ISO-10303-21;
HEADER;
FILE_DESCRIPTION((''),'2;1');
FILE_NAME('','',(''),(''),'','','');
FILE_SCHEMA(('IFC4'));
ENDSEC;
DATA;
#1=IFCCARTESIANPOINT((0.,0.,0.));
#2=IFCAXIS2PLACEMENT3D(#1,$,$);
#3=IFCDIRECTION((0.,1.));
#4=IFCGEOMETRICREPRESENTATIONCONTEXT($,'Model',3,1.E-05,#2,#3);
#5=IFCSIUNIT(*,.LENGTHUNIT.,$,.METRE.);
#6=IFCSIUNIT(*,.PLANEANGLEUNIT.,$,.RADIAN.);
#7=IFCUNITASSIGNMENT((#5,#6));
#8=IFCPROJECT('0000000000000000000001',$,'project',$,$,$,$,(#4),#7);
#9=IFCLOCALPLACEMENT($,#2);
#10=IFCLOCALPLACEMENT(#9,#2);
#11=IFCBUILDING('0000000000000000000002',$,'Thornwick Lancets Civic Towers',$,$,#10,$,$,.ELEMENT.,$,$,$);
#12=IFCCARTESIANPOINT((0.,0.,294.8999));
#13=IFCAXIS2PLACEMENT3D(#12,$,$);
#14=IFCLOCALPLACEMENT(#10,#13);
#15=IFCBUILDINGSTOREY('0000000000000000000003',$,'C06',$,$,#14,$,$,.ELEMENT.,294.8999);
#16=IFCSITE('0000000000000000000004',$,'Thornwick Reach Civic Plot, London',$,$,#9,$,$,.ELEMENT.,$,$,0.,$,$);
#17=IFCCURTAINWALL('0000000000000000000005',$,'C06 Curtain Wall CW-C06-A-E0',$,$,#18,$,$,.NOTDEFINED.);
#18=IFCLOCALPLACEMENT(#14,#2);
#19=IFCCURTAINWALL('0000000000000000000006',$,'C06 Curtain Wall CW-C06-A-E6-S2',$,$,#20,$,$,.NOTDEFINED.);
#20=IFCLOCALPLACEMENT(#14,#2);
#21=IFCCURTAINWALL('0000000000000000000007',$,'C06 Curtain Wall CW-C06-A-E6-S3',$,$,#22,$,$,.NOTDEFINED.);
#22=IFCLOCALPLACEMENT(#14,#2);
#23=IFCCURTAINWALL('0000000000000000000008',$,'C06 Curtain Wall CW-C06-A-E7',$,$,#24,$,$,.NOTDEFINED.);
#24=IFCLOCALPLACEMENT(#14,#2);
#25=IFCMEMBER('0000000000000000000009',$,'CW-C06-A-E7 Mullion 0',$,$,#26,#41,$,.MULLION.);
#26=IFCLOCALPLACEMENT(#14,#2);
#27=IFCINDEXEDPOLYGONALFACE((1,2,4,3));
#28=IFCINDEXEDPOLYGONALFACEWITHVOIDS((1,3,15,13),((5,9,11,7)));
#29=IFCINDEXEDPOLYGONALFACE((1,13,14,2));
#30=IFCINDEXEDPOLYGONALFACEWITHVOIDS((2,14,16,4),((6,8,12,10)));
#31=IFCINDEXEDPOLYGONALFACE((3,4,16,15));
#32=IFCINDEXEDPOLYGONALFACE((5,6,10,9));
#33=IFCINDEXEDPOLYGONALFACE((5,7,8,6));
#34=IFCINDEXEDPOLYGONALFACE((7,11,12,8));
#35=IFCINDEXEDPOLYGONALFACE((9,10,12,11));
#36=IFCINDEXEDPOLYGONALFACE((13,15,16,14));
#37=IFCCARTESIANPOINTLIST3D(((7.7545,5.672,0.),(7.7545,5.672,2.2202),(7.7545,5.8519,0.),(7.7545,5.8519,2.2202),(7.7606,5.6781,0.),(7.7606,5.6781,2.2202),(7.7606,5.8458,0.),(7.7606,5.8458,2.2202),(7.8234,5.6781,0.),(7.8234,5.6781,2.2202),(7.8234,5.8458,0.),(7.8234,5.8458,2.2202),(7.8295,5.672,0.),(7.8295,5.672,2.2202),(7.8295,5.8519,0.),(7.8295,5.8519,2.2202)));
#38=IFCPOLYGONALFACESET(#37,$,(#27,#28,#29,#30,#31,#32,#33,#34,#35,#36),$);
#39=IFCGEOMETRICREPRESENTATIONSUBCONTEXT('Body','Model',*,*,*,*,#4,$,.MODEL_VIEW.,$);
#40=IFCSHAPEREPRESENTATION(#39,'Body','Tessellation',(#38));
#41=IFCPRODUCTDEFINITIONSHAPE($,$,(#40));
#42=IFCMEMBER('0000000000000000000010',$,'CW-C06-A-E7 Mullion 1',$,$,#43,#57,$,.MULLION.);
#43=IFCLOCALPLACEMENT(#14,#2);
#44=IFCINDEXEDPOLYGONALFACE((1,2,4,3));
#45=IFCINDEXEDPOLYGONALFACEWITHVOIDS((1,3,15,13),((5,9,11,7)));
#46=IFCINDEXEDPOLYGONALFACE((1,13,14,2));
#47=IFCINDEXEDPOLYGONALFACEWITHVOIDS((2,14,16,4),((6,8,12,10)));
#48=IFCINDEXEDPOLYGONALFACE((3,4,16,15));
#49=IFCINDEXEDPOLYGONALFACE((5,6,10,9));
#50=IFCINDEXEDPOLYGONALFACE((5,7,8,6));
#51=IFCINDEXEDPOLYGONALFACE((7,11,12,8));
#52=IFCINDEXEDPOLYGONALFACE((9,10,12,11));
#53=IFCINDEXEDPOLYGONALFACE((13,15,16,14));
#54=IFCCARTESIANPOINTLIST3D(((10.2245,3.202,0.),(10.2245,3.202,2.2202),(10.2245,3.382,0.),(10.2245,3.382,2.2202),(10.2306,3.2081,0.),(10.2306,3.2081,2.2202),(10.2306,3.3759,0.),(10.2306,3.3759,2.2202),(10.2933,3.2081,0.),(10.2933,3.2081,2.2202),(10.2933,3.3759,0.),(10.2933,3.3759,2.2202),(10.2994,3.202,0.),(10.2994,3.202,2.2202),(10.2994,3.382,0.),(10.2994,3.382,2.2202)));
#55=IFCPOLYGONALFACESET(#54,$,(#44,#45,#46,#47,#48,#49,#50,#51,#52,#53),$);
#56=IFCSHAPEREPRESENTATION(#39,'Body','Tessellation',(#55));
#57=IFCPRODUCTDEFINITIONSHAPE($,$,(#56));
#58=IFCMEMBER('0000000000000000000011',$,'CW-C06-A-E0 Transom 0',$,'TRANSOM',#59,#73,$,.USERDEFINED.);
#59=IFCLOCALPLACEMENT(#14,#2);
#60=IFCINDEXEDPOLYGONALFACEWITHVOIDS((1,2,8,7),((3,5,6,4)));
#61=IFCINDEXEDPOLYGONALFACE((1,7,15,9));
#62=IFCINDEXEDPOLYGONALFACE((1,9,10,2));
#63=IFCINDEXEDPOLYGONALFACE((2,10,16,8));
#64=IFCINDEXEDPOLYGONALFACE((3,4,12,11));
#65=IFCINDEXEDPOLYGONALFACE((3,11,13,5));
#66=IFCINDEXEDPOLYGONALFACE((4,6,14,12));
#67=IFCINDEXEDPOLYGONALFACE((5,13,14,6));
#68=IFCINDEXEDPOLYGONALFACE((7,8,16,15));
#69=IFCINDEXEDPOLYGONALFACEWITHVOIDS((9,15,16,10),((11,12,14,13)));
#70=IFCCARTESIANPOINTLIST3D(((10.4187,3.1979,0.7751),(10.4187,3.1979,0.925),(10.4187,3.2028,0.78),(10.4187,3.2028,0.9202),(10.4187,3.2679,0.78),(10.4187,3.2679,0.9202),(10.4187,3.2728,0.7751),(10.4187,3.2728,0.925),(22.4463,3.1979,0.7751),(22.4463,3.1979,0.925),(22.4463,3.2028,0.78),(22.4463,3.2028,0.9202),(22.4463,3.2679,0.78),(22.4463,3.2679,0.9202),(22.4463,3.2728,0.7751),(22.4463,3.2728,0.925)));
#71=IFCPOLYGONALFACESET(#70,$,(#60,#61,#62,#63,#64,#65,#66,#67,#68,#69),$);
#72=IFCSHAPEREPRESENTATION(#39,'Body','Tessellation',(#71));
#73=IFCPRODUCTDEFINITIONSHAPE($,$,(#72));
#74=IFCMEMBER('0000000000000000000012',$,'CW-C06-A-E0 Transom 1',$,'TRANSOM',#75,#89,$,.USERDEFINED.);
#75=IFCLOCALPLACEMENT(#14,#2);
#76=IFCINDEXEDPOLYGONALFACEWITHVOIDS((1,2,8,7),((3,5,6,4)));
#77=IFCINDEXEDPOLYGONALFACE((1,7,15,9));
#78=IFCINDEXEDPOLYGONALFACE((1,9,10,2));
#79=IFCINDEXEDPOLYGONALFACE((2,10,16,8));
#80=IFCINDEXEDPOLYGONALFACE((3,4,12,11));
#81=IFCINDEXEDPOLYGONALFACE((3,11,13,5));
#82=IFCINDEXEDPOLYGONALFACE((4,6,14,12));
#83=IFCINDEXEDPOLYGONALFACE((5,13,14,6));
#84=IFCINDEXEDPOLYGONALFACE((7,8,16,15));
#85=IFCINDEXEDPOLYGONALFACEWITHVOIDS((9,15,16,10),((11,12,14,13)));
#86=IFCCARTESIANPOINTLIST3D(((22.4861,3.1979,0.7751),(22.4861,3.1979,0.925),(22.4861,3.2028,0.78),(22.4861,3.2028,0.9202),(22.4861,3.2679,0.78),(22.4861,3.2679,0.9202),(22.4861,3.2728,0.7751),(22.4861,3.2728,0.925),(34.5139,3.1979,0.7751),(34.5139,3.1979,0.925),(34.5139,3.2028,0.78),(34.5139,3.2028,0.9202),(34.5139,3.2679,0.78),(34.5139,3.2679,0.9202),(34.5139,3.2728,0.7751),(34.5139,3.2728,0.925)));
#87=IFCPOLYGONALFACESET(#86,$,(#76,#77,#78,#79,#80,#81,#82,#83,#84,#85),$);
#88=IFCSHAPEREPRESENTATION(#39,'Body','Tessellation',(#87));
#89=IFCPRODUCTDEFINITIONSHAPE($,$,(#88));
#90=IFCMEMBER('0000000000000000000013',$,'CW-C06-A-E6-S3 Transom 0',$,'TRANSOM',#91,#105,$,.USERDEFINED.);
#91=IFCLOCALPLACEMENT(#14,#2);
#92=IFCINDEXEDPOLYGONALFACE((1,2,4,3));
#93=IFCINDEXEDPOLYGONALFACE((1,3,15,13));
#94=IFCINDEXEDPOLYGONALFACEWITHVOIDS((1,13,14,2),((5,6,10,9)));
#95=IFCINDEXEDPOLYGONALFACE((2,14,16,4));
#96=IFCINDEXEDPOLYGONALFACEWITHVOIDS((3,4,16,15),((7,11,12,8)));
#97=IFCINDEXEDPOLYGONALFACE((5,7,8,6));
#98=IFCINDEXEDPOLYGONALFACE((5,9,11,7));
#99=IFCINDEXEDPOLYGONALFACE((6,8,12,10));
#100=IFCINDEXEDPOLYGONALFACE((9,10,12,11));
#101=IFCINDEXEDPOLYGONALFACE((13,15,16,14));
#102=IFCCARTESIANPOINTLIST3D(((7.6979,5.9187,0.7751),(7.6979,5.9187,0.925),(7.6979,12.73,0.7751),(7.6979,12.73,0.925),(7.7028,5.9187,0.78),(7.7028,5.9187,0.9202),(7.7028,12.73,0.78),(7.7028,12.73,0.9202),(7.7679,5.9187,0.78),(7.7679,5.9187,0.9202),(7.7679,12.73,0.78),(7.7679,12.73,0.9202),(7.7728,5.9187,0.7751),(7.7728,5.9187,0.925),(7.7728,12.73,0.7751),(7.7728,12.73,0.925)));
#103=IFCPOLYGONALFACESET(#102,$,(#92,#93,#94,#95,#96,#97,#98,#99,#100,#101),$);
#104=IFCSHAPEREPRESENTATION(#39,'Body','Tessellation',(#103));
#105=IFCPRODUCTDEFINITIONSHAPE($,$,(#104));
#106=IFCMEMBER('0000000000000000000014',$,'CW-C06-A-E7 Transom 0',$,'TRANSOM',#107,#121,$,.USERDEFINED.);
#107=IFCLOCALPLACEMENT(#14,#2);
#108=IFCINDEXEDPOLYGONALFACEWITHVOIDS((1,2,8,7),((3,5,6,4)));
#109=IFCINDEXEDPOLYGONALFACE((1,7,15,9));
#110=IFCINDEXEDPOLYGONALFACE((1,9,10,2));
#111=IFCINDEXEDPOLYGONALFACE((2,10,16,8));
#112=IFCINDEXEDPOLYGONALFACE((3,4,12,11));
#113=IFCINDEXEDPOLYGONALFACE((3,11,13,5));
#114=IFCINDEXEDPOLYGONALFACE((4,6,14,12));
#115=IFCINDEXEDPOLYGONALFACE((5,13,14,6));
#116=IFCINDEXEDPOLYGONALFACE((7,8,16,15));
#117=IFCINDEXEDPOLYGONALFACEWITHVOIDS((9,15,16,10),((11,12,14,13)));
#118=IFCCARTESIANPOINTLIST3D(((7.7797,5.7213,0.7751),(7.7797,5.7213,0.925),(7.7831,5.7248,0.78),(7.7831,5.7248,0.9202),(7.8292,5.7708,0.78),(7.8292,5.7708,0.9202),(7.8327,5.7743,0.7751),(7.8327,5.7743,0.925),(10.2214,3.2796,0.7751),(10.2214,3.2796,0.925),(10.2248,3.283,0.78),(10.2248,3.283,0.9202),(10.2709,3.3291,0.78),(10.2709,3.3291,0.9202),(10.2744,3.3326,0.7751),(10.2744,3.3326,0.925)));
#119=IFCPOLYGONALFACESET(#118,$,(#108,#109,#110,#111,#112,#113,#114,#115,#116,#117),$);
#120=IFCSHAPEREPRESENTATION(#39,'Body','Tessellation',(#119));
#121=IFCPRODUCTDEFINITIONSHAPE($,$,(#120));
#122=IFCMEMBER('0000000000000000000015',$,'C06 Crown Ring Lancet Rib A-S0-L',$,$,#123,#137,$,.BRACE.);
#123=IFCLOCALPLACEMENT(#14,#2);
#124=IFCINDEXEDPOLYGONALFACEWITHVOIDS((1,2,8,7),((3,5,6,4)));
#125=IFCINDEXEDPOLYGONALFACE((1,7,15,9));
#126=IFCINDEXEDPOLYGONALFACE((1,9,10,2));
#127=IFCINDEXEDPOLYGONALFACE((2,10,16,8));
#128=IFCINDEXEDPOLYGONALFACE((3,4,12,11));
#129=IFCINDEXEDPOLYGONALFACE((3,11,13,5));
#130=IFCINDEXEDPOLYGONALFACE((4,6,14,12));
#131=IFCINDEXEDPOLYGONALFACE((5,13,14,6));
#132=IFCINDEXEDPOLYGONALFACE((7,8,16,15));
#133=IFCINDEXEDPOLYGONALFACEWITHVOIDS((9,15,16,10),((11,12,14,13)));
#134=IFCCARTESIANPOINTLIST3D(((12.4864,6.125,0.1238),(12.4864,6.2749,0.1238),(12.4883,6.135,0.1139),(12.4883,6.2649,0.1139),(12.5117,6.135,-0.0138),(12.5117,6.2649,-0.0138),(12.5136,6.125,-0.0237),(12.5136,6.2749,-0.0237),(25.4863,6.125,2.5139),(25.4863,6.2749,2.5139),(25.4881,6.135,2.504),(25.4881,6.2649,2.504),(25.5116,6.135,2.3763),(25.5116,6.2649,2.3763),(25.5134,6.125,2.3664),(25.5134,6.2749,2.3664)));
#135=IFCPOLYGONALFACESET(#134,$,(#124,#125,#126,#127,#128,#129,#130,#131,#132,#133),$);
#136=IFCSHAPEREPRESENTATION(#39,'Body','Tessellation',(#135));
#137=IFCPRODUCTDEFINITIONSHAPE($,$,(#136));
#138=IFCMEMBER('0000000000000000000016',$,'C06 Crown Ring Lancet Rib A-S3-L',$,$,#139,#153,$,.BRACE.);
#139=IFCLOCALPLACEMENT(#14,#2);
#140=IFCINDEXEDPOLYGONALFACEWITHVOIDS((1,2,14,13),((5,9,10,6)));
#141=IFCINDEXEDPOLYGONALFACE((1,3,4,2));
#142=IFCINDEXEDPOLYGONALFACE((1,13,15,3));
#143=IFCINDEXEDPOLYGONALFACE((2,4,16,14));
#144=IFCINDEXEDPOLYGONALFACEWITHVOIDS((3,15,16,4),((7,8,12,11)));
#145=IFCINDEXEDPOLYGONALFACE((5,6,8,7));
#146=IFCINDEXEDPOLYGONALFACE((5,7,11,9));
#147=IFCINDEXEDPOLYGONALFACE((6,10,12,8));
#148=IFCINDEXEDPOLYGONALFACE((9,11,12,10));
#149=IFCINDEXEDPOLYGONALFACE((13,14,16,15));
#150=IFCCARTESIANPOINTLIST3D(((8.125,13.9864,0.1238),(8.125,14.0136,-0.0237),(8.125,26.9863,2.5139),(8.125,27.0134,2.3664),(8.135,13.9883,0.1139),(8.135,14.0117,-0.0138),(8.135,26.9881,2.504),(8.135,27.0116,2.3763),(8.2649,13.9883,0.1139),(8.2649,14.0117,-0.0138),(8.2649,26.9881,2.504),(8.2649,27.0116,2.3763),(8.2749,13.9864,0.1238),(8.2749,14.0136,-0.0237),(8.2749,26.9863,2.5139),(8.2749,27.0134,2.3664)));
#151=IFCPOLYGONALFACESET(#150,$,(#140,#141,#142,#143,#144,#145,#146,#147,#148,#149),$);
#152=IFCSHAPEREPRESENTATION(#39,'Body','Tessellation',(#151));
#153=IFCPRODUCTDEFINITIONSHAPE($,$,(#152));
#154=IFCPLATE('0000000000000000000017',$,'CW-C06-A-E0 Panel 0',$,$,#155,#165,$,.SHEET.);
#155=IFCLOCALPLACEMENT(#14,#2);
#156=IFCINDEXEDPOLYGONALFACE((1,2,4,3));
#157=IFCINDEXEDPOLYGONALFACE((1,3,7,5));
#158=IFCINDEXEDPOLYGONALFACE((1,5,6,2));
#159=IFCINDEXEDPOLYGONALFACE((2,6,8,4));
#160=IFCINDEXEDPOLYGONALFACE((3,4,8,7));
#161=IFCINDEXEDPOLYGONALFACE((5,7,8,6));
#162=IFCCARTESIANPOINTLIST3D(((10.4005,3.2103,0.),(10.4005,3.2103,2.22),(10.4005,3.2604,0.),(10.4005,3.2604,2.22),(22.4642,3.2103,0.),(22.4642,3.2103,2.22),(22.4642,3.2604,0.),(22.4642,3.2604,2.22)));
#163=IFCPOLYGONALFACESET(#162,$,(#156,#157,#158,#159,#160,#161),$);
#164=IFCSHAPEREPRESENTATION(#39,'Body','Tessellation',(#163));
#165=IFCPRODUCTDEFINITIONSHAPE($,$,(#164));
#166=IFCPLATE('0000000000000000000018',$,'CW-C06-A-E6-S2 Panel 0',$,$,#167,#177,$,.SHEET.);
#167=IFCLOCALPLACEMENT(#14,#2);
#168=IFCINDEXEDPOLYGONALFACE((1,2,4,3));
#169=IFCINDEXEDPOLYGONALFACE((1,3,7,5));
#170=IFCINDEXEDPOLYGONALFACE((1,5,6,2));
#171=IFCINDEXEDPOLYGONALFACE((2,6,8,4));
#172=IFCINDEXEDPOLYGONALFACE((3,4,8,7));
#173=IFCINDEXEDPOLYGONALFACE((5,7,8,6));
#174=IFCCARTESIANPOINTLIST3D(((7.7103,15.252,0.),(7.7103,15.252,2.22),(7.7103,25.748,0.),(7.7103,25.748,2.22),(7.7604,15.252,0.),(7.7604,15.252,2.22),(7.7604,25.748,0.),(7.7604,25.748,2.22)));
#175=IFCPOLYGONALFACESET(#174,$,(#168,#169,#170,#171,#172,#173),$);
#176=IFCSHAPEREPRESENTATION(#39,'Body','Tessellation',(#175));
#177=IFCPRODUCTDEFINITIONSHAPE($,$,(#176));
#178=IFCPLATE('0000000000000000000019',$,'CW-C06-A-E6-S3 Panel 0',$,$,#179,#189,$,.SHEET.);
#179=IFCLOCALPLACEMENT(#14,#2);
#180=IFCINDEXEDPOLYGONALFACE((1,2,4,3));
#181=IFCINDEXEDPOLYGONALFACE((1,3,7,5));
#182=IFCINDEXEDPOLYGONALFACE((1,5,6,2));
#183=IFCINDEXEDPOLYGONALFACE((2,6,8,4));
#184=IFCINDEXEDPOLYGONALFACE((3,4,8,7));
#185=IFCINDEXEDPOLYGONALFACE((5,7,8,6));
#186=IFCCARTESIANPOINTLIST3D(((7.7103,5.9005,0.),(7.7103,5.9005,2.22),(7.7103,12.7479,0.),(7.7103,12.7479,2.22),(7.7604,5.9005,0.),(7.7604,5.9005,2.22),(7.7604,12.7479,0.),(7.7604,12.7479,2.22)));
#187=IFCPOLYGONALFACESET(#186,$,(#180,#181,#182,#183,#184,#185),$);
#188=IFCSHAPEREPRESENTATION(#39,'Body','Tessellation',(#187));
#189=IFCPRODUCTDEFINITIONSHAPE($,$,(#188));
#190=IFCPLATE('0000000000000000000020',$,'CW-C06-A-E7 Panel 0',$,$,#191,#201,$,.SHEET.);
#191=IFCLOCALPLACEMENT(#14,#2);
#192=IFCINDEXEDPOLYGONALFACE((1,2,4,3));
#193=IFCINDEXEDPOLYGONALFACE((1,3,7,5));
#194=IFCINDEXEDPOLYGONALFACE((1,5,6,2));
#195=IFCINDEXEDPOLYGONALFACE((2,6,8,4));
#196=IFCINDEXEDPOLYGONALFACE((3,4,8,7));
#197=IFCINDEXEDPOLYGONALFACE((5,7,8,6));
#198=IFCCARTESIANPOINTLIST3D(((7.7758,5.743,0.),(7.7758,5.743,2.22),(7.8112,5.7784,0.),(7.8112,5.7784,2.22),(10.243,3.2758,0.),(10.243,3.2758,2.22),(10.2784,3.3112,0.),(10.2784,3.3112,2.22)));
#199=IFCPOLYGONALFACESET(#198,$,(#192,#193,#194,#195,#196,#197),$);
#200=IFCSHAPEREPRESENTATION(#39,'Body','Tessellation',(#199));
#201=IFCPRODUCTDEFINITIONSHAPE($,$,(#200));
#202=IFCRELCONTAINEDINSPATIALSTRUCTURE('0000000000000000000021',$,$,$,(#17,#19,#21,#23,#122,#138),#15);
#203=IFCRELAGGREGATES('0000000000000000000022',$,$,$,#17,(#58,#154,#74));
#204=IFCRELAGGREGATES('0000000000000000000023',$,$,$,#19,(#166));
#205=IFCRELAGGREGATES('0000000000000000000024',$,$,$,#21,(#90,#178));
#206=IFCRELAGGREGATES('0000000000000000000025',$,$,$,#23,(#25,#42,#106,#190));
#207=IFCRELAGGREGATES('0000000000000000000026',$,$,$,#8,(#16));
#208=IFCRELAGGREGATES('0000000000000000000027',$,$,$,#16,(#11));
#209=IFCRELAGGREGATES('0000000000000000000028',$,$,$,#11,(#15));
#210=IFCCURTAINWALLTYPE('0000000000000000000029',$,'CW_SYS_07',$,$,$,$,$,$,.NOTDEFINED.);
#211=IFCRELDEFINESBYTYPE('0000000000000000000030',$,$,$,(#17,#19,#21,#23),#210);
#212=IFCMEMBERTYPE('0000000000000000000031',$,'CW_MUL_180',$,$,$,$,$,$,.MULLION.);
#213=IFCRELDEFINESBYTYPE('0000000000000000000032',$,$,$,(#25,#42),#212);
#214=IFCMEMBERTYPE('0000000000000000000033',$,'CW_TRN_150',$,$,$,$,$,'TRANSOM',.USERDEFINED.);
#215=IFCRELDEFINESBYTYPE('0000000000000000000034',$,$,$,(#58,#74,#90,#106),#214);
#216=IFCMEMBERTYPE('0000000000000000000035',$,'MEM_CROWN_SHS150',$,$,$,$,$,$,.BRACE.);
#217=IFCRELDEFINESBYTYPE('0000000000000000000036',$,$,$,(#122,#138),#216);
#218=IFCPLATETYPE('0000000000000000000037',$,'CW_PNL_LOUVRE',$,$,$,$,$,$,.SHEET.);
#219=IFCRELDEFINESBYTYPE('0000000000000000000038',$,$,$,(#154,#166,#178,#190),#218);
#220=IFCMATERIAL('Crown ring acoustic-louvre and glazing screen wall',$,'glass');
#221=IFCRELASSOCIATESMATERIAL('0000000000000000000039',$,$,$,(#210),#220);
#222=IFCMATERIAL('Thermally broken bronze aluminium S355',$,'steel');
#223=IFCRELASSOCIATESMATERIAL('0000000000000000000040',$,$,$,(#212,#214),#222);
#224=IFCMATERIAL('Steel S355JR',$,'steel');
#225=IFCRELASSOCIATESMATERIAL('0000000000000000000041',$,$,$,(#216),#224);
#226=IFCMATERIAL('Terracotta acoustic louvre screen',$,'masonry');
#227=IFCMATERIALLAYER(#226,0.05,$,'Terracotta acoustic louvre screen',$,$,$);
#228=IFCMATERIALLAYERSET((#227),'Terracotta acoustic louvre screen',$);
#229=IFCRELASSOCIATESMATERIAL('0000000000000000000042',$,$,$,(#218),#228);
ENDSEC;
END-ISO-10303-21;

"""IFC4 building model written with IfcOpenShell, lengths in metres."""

from ifc_helpers import new_model, si_unit, direction, frame, origin, origin_2d, place, context, subcontext, project, spatial, rectangle, hollow_rectangle, extrude, material, layer, layer_set, material_profile, profile_set, type_object, element, aggregate, save


model = new_model("IFC4")

# Units and contexts
model_context = context("Model", 3, precision=1e-05, world=origin(), true_north=direction((0.0, 1.0)))
body_context = subcontext(model_context, "Body", "Model", "MODEL_VIEW")
ifc_project = project(units=[si_unit("LENGTHUNIT", "METRE"), si_unit("PLANEANGLEUNIT", "RADIAN")], contexts=[model_context])

# Site, building, storey
site_placement = place(None, origin())
site = spatial("IfcSite", under=ifc_project, at=site_placement, Name="Thornwick Reach Civic Plot, London", CompositionType="ELEMENT", RefElevation=0.0)
building_placement = place(site_placement, origin())
building = spatial("IfcBuilding", under=site, at=building_placement, Name="Thornwick Lancets Civic Towers", CompositionType="ELEMENT")
storey_placement = place(building_placement, frame((0.0, 0.0, 294.8999)))
storey = spatial("IfcBuildingStorey", under=building, at=storey_placement, Name="C06", CompositionType="ELEMENT", Elevation=294.8999)

# Shared definitions
ifc_material_1 = material(Name="Steel S355JR", Category="steel")

# Curtain wall
ifc_material_2 = material(Name="Crown ring acoustic-louvre and glazing screen wall", Category="glass")
curtain_wall_type = type_object("IfcCurtainWallType", Name="CW_SYS_07", PredefinedType="NOTDEFINED", material=ifc_material_2)
curtain_wall_1_placement = place(storey_placement, origin())
curtain_wall_1 = element("IfcCurtainWall", 1, at=curtain_wall_1_placement, inside=storey, type_object=curtain_wall_type, Name="C06 Curtain Wall CW-C06-A-E0", PredefinedType="NOTDEFINED")
ifc_material_3 = material(Name="Thermally broken bronze aluminium S355", Category="steel")
ifc_material_profile_1 = material_profile(ifc_material_3, hollow_rectangle(XDim=0.075, YDim=0.1799, WallThickness=0.0061, at=origin_2d()), Name="RHS 180x75x6")
ifc_profile_set_1 = profile_set([ifc_material_profile_1], Name="Thermally broken bronze aluminium S355")
member_type_1 = type_object("IfcMemberType", Name="CW_MUL_180", PredefinedType="MULLION", material=ifc_profile_set_1)

# Curtain wall
curtain_wall_2_placement = place(storey_placement, origin())
curtain_wall_2 = element("IfcCurtainWall", 2, at=curtain_wall_2_placement, inside=storey, type_object=curtain_wall_type, Name="C06 Curtain Wall CW-C06-A-E6-S2", PredefinedType="NOTDEFINED")

# Curtain walls, members
curtain_wall_3_placement = place(storey_placement, origin())
curtain_wall_3 = element("IfcCurtainWall", 3, at=curtain_wall_3_placement, inside=storey, type_object=curtain_wall_type, Name="C06 Curtain Wall CW-C06-A-E6-S3", PredefinedType="NOTDEFINED")
curtain_wall_4_placement = place(storey_placement, origin())
curtain_wall_4 = element("IfcCurtainWall", 4, at=curtain_wall_4_placement, inside=storey, type_object=curtain_wall_type, Name="C06 Curtain Wall CW-C06-A-E7", PredefinedType="NOTDEFINED")
member_1_placement = place(storey_placement, frame((7.792, 5.762, 0.0), z_axis=(0.0, 0.0, 1.0), x_axis=(1.0, 0.0, 0.0)))
member_1 = element("IfcMember", 5, at=member_1_placement, type_object=member_type_1, Name="CW-C06-A-E7 Mullion 0", PredefinedType="MULLION", context=body_context, shape_type="SweptSolid", body=[
    extrude(hollow_rectangle(XDim=0.075, YDim=0.1799, WallThickness=0.0061, at=origin_2d()), origin(), (0.0, 0.0, 1.0), 2.2202),
])
member_2_placement = place(storey_placement, frame((10.262, 3.292, 0.0), z_axis=(0.0, 0.0, 1.0), x_axis=(1.0, 0.0, 0.0)))
member_2 = element("IfcMember", 6, at=member_2_placement, type_object=member_type_1, Name="CW-C06-A-E7 Mullion 1", PredefinedType="MULLION", context=body_context, shape_type="SweptSolid", body=[
    extrude(hollow_rectangle(XDim=0.075, YDim=0.1799, WallThickness=0.0061, at=origin_2d()), origin(), (0.0, 0.0, 1.0), 2.2202),
])

# Members
ifc_material_profile_2 = material_profile(ifc_material_3, hollow_rectangle(XDim=0.075, YDim=0.1499, WallThickness=0.0049, at=origin_2d()), Name="RHS 150x75x5")
ifc_profile_set_2 = profile_set([ifc_material_profile_2], Name="Thermally broken bronze aluminium S355")
member_type_2 = type_object("IfcMemberType", Name="CW_TRN_150", ElementType="TRANSOM", PredefinedType="USERDEFINED", material=ifc_profile_set_2)
member_3_placement = place(storey_placement, frame((10.4187, 3.2354, 0.8501), z_axis=(1.0, 0.0, 0.0), x_axis=(0.0, 1.0, 0.0)))
member_3 = element("IfcMember", 7, at=member_3_placement, type_object=member_type_2, Name="CW-C06-A-E0 Transom 0", ObjectType="TRANSOM", PredefinedType="USERDEFINED", context=body_context, shape_type="SweptSolid", body=[
    extrude(hollow_rectangle(XDim=0.075, YDim=0.1499, WallThickness=0.0049, at=origin_2d()), origin(), (0.0, 0.0, 1.0), 12.0276),
])
member_4_placement = place(storey_placement, frame((22.4861, 3.2354, 0.8501), z_axis=(1.0, 0.0, 0.0), x_axis=(0.0, 1.0, 0.0)))
member_4 = element("IfcMember", 8, at=member_4_placement, type_object=member_type_2, Name="CW-C06-A-E0 Transom 1", ObjectType="TRANSOM", PredefinedType="USERDEFINED", context=body_context, shape_type="SweptSolid", body=[
    extrude(hollow_rectangle(XDim=0.075, YDim=0.1499, WallThickness=0.0049, at=origin_2d()), origin(), (0.0, 0.0, 1.0), 12.0278),
])
member_5_placement = place(storey_placement, frame((7.7354, 12.73, 0.8501), z_axis=(0.0, -1.0, 0.0), x_axis=(1.0, 0.0, 0.0)))
member_5 = element("IfcMember", 9, at=member_5_placement, type_object=member_type_2, Name="CW-C06-A-E6-S3 Transom 0", ObjectType="TRANSOM", PredefinedType="USERDEFINED", context=body_context, shape_type="SweptSolid", body=[
    extrude(hollow_rectangle(XDim=0.075, YDim=0.1499, WallThickness=0.0049, at=origin_2d()), origin(), (0.0, 0.0, 1.0), 6.8113),
])
member_6_placement = place(storey_placement, frame((7.8062, 5.7478, 0.8501), z_axis=(0.707107, -0.707107, 0.0), x_axis=(0.707107, 0.707107, 0.0)))
member_6 = element("IfcMember", 10, at=member_6_placement, type_object=member_type_2, Name="CW-C06-A-E7 Transom 0", ObjectType="TRANSOM", PredefinedType="USERDEFINED", context=body_context, shape_type="SweptSolid", body=[
    extrude(hollow_rectangle(XDim=0.075, YDim=0.1499, WallThickness=0.0049, at=origin_2d()), origin(), (0.0, 0.0, 1.0), 3.4531),
])

# Members
ifc_material_profile_3 = material_profile(ifc_material_1, hollow_rectangle(XDim=0.1499, YDim=0.1499, WallThickness=0.01, at=origin_2d()), Name="SHS 150x150x10")
ifc_profile_set_3 = profile_set([ifc_material_profile_3], Name="Steel S355JR")
member_type_3 = type_object("IfcMemberType", Name="MEM_CROWN_SHS150", PredefinedType="BRACE", material=ifc_profile_set_3)
for number, where, z_axis, x_axis, name in (
    (11, (12.5, 6.2, 0.05), (0.983515, 0.0, 0.180826), (0.0, 1.0, 0.0), "C06 Crown Ring Lancet Rib A-S0-L"),
    (12, (8.2, 14.0, 0.05), (0.0, 0.983515, 0.180826), (-1.0, 0.0, 0.0), "C06 Crown Ring Lancet Rib A-S3-L"),
):
    element("IfcMember", number, at=place(storey_placement, frame(where, z_axis=z_axis, x_axis=x_axis)), inside=storey, type_object=member_type_3, Name=name, PredefinedType="BRACE", context=body_context, shape_type="SweptSolid", body=[
        extrude(hollow_rectangle(XDim=0.1499, YDim=0.1499, WallThickness=0.01, at=origin_2d()), origin(), (0.0, 0.0, 1.0), 13.2178),
    ])

# Plates
ifc_material_4 = material(Name="Terracotta acoustic louvre screen", Category="masonry")
ifc_layer_1 = layer(ifc_material_4, 0.05, Name="Terracotta acoustic louvre screen")
ifc_layer_set_1 = layer_set([ifc_layer_1], Name="Terracotta acoustic louvre screen")
plate_type_1 = type_object("IfcPlateType", Name="CW_PNL_LOUVRE", PredefinedType="SHEET", material=ifc_layer_set_1)
plate_1_placement = place(storey_placement, frame((16.4324, 3.2354, 0.0), z_axis=(0.0, 0.0, 1.0), x_axis=(1.0, 0.0, 0.0)))
plate_1 = element("IfcPlate", 13, at=plate_1_placement, type_object=plate_type_1, Name="CW-C06-A-E0 Panel 0", PredefinedType="SHEET", context=body_context, shape_type="SweptSolid", body=[
    extrude(rectangle(XDim=12.0637, YDim=0.05, at=origin_2d()), origin(), (0.0, 0.0, 1.0), 2.22),
])
aggregate(curtain_wall_1, [member_3, plate_1, member_4])
plate_2_placement = place(storey_placement, frame((7.7354, 20.5, 0.0), z_axis=(0.0, 0.0, 1.0), x_axis=(0.0, -1.0, 0.0)))
plate_2 = element("IfcPlate", 14, at=plate_2_placement, type_object=plate_type_1, Name="CW-C06-A-E6-S2 Panel 0", PredefinedType="SHEET", context=body_context, shape_type="SweptSolid", body=[
    extrude(rectangle(XDim=10.4961, YDim=0.05, at=origin_2d()), origin(), (0.0, 0.0, 1.0), 2.22),
])
aggregate(curtain_wall_2, [plate_2])
plate_3_placement = place(storey_placement, frame((7.7354, 9.3242, 0.0), z_axis=(0.0, 0.0, 1.0), x_axis=(0.0, -1.0, 0.0)))
plate_3 = element("IfcPlate", 15, at=plate_3_placement, type_object=plate_type_1, Name="CW-C06-A-E6-S3 Panel 0", PredefinedType="SHEET", context=body_context, shape_type="SweptSolid", body=[
    extrude(rectangle(XDim=6.8474, YDim=0.05, at=origin_2d()), origin(), (0.0, 0.0, 1.0), 2.22),
])
aggregate(curtain_wall_3, [member_5, plate_3])
plate_4_placement = place(storey_placement, frame((9.0271, 4.5271, 0.0), z_axis=(0.0, 0.0, 1.0), x_axis=(0.707107, -0.707107, 0.0)))
plate_4 = element("IfcPlate", 16, at=plate_4_placement, type_object=plate_type_1, Name="CW-C06-A-E7 Panel 0", PredefinedType="SHEET", context=body_context, shape_type="SweptSolid", body=[
    extrude(rectangle(XDim=3.4893, YDim=0.05, at=origin_2d()), origin(), (0.0, 0.0, 1.0), 2.22),
])
aggregate(curtain_wall_4, [member_1, member_2, member_6, plate_4])

save(model, "model.ifc")
